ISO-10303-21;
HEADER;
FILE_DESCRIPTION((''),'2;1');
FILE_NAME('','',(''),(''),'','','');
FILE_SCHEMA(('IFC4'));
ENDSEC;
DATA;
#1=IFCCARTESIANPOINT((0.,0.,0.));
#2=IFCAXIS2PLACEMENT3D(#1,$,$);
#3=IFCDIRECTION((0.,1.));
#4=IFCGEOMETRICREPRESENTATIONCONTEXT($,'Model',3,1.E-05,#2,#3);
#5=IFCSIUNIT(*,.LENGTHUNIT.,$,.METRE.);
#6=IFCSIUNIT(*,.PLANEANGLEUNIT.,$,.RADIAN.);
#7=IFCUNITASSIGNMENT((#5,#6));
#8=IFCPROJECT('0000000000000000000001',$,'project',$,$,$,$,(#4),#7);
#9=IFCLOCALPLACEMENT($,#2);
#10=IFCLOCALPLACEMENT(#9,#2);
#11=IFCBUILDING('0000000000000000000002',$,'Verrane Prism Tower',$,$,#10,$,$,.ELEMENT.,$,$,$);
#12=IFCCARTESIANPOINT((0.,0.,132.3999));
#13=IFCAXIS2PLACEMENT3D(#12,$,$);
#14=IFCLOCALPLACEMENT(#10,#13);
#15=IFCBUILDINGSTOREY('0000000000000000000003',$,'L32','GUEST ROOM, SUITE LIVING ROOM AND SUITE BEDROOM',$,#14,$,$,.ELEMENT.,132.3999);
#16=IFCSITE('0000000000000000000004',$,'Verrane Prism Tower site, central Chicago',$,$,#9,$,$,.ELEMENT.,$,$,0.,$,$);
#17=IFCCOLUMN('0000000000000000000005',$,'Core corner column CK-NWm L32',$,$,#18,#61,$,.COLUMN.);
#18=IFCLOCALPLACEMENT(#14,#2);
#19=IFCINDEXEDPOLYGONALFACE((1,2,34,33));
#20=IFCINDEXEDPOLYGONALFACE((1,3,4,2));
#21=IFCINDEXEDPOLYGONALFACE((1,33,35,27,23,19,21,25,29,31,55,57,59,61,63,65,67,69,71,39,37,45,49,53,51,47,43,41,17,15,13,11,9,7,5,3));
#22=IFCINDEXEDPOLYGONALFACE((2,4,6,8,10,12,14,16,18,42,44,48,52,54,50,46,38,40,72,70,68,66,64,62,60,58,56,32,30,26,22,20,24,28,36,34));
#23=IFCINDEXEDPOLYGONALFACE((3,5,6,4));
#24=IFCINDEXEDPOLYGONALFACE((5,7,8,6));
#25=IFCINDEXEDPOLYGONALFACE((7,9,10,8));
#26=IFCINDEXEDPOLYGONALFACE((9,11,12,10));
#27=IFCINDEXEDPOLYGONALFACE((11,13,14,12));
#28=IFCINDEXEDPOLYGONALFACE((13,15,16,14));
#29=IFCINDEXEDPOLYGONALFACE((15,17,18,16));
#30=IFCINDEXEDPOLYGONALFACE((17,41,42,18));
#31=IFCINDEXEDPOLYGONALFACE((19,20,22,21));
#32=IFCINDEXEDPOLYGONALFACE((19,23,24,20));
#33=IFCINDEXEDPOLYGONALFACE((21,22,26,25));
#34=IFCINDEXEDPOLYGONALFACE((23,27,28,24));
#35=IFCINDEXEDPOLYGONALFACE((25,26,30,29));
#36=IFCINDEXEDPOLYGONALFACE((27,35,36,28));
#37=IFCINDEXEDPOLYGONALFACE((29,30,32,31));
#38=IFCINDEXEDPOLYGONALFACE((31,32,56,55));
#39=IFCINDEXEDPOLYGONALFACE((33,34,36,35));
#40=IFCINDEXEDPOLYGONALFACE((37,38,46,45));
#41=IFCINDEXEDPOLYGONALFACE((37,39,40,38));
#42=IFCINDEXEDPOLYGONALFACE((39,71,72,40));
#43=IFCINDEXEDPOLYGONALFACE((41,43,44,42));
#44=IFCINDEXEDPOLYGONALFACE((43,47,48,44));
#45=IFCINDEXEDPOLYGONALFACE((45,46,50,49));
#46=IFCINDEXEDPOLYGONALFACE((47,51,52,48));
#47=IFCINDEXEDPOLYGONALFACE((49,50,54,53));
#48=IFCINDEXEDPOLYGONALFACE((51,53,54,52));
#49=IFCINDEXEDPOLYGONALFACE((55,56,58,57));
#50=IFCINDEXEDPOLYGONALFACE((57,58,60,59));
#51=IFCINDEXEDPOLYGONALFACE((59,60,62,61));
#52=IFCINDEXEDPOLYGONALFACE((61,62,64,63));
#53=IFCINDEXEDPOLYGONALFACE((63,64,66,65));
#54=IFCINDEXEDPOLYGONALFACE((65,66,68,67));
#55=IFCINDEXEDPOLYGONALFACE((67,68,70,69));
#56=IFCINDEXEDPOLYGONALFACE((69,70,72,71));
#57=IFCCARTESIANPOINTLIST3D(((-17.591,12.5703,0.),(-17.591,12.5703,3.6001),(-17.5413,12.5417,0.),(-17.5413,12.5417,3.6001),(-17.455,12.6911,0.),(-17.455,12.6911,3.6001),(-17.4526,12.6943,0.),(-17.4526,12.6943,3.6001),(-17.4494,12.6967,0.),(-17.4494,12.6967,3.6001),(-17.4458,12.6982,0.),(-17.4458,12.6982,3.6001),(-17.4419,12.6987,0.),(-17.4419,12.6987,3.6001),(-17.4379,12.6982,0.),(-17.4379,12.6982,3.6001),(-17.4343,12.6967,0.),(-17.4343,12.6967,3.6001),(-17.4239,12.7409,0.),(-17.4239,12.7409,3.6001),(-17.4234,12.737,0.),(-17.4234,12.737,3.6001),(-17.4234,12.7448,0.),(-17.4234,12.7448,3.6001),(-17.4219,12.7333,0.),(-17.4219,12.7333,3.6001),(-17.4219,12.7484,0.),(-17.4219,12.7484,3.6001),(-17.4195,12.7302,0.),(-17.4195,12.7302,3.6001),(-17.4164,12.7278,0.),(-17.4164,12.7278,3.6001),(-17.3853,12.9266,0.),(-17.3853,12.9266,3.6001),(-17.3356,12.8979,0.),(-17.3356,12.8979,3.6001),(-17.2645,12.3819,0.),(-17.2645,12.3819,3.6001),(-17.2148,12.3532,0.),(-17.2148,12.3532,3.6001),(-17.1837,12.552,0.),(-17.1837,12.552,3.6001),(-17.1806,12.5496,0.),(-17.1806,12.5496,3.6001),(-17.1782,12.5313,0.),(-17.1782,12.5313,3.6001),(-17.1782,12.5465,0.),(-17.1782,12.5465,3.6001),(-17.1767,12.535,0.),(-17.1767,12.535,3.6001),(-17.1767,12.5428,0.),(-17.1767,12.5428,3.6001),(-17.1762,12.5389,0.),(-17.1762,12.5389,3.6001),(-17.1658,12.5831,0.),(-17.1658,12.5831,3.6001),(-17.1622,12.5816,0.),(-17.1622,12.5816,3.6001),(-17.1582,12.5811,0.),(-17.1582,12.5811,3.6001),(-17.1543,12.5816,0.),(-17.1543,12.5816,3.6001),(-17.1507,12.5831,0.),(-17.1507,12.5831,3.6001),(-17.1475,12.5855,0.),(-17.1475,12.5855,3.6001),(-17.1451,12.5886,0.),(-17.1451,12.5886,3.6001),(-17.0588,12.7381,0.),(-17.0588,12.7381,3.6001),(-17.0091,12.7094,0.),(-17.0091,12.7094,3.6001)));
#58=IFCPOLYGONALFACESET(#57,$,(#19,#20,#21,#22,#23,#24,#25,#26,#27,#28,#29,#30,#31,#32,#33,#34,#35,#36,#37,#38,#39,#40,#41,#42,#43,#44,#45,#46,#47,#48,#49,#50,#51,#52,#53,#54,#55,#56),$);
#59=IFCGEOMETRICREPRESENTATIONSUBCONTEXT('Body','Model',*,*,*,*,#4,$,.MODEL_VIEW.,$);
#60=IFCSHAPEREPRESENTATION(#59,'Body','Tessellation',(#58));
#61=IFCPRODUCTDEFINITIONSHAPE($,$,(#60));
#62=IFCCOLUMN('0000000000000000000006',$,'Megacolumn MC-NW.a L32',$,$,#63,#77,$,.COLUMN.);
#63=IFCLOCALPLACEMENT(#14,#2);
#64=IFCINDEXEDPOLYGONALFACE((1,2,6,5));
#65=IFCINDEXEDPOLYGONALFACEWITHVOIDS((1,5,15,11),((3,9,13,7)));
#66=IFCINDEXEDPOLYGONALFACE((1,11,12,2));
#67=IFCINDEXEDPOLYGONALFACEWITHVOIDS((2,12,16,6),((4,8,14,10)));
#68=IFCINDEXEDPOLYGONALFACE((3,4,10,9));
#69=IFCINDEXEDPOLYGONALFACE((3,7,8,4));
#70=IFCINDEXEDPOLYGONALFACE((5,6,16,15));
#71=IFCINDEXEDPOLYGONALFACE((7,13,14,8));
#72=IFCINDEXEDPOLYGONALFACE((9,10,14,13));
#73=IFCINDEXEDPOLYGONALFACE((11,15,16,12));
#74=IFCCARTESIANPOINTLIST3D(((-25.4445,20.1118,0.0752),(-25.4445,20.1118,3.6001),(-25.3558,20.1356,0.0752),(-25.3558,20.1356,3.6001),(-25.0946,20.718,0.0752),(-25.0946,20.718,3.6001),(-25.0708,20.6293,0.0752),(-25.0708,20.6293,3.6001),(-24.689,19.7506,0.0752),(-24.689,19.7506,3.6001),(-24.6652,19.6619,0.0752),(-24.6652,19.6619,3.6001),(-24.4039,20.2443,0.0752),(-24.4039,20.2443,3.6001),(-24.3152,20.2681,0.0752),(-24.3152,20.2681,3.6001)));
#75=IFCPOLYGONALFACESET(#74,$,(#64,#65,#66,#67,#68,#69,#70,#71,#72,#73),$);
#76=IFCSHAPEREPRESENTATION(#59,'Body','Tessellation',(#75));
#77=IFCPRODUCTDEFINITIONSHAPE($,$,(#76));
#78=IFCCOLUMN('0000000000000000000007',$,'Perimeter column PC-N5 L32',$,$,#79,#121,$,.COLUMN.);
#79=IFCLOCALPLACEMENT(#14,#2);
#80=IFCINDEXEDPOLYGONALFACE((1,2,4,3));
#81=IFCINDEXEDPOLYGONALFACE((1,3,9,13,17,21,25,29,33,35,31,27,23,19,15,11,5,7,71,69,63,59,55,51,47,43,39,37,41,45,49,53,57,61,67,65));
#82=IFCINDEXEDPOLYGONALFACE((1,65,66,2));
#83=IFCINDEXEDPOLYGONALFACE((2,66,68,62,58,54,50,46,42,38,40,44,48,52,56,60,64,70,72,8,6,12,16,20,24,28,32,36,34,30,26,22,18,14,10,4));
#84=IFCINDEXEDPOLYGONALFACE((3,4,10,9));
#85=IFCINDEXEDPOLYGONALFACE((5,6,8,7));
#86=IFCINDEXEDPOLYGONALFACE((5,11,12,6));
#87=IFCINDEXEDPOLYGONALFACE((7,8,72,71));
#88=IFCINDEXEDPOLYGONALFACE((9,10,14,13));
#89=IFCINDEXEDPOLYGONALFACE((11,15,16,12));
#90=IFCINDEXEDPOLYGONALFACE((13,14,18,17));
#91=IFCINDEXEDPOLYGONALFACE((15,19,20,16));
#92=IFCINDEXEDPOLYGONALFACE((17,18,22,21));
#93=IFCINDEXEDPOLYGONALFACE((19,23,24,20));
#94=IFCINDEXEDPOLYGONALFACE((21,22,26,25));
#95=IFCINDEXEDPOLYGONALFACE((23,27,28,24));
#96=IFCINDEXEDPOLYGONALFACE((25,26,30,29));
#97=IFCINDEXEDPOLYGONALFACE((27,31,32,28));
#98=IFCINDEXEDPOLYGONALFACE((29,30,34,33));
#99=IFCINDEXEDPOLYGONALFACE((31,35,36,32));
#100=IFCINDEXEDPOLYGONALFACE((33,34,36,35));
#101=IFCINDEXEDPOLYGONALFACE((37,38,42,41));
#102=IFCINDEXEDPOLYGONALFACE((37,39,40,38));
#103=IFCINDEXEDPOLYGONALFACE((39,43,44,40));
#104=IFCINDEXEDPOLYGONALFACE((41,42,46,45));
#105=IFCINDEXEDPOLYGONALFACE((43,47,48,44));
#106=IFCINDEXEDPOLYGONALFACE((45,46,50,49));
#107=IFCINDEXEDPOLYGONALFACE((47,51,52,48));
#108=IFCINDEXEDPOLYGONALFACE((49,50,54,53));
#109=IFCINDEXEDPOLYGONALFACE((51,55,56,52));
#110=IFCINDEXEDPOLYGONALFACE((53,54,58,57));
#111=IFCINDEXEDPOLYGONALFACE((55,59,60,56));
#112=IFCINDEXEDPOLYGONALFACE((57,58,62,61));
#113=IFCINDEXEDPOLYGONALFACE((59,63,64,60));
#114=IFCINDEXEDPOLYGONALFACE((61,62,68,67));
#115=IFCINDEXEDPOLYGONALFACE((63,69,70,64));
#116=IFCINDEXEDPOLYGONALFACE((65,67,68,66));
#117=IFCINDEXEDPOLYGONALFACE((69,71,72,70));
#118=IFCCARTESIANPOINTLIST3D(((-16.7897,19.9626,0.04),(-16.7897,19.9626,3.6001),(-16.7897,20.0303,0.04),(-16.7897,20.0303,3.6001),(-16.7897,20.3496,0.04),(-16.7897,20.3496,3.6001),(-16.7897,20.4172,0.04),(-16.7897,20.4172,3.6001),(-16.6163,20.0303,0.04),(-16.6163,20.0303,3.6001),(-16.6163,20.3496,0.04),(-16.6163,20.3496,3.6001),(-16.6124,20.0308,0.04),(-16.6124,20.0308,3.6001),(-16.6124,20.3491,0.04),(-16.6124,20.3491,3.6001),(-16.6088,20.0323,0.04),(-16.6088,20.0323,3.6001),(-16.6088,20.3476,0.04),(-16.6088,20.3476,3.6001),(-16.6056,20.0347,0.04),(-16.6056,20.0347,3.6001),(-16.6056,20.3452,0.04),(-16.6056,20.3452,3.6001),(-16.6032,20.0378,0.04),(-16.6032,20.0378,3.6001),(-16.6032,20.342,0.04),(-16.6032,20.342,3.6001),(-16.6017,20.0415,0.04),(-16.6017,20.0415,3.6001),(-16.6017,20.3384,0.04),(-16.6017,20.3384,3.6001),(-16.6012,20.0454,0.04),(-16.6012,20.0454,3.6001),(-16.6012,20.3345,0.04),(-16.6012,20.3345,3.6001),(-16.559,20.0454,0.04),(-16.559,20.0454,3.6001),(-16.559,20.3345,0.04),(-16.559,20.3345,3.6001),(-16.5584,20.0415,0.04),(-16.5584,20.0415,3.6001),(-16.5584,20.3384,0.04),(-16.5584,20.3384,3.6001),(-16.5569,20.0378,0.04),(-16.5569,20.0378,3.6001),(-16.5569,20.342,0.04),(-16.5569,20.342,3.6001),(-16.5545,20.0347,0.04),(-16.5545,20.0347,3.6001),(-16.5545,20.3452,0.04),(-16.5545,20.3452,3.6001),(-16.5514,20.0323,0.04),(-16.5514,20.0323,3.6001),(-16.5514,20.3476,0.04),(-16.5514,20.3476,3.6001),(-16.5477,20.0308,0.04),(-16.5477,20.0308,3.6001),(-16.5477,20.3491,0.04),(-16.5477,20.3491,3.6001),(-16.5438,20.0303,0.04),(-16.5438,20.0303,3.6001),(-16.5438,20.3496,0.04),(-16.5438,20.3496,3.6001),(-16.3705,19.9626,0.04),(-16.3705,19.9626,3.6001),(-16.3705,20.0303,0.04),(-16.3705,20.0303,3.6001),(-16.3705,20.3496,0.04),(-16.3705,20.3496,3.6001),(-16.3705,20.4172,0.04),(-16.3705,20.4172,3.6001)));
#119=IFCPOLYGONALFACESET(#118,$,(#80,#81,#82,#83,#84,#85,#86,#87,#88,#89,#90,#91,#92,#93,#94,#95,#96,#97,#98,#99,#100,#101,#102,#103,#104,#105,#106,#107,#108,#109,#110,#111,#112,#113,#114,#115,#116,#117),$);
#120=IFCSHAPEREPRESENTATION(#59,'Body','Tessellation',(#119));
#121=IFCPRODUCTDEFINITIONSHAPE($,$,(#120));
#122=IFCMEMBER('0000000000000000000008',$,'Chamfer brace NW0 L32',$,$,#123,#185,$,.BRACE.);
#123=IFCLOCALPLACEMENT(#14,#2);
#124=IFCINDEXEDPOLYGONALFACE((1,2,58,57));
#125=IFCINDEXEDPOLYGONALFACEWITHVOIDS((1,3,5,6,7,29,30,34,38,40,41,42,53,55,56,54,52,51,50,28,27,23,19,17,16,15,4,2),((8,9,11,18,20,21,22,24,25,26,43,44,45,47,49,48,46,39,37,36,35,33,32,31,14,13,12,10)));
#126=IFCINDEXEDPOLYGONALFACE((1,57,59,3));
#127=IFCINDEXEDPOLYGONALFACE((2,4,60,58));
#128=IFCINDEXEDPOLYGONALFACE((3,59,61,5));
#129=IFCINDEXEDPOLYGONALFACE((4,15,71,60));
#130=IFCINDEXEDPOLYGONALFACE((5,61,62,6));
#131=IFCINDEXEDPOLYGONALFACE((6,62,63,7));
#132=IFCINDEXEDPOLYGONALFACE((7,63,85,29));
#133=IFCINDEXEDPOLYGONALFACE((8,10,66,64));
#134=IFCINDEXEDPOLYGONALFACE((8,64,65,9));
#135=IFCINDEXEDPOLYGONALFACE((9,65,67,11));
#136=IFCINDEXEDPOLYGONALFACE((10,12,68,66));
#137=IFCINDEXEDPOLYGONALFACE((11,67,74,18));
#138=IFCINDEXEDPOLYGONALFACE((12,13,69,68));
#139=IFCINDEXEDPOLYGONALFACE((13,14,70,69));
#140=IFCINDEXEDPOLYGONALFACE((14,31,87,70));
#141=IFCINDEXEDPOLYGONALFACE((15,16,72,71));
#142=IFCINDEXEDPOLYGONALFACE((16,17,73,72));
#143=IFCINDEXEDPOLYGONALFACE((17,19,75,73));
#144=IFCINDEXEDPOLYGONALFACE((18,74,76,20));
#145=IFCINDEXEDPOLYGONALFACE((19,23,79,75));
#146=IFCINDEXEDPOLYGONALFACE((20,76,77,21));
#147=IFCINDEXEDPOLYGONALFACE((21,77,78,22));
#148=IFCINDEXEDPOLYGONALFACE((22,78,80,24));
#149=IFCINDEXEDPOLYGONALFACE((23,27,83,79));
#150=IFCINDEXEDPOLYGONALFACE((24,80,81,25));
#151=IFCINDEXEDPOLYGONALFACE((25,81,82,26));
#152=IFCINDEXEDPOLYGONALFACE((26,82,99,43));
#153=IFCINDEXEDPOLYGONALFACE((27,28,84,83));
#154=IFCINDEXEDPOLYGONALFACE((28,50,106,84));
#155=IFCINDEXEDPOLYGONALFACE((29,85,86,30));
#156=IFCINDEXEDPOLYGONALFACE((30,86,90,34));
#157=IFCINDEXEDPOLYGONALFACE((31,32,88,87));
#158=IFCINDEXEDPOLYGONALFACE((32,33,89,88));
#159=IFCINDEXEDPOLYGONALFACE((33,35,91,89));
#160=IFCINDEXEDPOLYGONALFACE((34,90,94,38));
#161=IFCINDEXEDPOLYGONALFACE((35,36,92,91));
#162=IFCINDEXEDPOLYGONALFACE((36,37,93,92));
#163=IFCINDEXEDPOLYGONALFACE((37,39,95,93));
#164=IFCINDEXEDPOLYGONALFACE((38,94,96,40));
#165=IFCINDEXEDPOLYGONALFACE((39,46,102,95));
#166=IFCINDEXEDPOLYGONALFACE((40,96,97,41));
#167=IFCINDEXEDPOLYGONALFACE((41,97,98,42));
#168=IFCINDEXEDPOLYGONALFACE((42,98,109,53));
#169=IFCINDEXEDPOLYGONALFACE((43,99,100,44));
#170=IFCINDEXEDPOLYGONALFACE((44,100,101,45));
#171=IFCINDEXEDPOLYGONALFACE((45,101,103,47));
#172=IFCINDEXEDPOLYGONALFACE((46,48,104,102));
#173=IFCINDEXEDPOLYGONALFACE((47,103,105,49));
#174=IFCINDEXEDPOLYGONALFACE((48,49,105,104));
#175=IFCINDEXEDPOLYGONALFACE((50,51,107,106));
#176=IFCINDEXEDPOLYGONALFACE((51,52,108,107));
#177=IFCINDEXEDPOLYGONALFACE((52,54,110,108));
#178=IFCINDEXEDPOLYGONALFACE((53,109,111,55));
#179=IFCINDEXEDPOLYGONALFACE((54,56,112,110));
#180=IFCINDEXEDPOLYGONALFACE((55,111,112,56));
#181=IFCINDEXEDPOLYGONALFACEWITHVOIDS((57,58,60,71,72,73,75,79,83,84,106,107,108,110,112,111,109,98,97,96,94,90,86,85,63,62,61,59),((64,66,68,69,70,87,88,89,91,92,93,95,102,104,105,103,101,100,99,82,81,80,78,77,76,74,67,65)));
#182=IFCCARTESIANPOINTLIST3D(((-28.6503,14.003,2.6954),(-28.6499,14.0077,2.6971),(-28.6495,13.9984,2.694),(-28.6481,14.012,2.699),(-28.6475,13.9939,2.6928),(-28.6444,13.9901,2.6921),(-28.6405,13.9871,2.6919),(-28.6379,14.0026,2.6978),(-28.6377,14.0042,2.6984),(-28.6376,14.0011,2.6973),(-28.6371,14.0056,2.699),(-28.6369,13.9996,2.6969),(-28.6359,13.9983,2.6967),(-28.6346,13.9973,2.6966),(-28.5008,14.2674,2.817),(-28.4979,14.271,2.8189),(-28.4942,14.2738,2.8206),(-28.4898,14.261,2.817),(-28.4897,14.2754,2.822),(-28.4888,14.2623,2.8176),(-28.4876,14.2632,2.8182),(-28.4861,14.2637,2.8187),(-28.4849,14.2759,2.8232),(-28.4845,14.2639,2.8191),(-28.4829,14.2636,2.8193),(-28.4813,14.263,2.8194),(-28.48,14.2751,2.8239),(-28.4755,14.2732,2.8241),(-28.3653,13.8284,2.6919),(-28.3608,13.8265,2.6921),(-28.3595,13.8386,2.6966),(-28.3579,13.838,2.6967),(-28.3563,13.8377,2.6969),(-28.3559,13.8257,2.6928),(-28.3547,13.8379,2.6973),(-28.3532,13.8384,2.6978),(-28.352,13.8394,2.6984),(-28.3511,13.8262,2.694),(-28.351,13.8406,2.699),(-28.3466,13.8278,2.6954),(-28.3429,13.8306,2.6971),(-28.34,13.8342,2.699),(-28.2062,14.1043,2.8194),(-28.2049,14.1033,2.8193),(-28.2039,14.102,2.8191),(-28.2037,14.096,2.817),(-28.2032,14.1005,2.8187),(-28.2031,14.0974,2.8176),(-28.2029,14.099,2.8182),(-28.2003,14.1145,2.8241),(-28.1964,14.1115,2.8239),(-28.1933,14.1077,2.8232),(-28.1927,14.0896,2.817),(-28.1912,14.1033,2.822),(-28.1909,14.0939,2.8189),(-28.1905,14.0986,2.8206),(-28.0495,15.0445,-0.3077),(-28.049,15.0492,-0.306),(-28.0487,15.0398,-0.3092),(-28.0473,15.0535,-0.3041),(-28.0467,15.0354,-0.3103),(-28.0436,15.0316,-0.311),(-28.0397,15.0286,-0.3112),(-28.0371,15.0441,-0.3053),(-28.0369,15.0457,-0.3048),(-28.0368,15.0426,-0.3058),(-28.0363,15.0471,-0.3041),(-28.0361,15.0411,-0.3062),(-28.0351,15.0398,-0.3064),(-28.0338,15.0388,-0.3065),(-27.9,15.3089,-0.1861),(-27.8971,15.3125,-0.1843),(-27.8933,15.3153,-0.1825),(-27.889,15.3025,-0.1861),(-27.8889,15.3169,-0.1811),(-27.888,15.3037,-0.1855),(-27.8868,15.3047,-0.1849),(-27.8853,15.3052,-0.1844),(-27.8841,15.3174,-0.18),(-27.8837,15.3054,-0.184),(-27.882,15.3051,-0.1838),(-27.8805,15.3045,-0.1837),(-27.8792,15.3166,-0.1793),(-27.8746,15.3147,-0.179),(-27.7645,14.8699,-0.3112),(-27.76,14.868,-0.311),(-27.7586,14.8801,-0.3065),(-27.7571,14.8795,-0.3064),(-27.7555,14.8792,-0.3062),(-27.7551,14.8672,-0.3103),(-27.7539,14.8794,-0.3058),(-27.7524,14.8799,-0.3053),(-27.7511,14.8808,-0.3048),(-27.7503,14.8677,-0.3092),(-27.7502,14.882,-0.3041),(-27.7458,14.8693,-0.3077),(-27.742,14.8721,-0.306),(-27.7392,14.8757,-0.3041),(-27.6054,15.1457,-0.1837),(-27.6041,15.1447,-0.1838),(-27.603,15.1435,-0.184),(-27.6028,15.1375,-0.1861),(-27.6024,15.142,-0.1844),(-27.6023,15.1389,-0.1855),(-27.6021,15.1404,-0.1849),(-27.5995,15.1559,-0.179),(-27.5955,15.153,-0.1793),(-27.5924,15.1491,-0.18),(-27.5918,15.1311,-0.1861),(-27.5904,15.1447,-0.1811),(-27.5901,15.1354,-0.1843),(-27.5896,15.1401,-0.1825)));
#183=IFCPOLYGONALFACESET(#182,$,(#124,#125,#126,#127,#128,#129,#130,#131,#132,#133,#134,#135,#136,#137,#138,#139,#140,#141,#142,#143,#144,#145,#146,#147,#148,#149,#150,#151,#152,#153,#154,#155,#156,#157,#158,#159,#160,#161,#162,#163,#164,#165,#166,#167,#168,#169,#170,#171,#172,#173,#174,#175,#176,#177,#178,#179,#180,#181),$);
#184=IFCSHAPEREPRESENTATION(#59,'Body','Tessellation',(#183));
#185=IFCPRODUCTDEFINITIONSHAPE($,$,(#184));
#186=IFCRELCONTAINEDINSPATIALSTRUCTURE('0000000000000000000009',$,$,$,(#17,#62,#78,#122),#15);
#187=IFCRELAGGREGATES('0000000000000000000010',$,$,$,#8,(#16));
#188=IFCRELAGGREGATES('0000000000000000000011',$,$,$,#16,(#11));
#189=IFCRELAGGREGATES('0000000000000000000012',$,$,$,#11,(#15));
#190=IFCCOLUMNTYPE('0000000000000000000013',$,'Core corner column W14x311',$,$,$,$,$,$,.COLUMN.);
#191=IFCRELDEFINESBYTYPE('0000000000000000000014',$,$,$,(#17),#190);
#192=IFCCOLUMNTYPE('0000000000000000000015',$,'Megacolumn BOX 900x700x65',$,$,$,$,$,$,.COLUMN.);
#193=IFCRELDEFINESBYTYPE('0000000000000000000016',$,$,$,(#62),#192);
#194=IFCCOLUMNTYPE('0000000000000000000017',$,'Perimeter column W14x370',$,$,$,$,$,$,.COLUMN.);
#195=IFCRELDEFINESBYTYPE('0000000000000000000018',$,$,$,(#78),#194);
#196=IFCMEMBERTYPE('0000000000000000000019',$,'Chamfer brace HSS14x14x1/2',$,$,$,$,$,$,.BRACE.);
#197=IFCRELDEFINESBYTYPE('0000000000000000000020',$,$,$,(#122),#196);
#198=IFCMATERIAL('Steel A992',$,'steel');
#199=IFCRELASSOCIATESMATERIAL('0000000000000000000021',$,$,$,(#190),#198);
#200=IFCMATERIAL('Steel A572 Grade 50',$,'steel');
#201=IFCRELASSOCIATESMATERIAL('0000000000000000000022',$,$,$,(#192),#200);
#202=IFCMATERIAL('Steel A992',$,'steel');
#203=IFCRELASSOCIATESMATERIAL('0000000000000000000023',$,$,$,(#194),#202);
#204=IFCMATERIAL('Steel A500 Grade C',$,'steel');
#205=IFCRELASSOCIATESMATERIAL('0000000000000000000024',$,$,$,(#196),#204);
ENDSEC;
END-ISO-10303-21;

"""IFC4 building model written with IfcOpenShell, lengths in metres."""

from ifc_helpers import new_model, si_unit, direction, frame, origin, origin_2d, place, context, subcontext, project, spatial, hollow_rectangle, i_section, extrude, material, material_profile, profile_set, type_object, element, save


model = new_model("IFC4")

# Units and contexts
model_context = context("Model", 3, precision=1e-05, world=origin(), true_north=direction((0.0, 1.0)))
body_context = subcontext(model_context, "Body", "Model", "MODEL_VIEW")
ifc_project = project(units=[si_unit("LENGTHUNIT", "METRE"), si_unit("PLANEANGLEUNIT", "RADIAN")], contexts=[model_context])

# Site, building, storey
site_placement = place(None, origin())
site = spatial("IfcSite", under=ifc_project, at=site_placement, Name="Verrane Prism Tower site, central Chicago", CompositionType="ELEMENT", RefElevation=0.0)
building_placement = place(site_placement, origin())
building = spatial("IfcBuilding", under=site, at=building_placement, Name="Verrane Prism Tower", CompositionType="ELEMENT")
storey_placement = place(building_placement, frame((0.0, 0.0, 132.3999)))
storey = spatial("IfcBuildingStorey", under=building, at=storey_placement, Name="L32", Description="GUEST ROOM, SUITE LIVING ROOM AND SUITE BEDROOM", CompositionType="ELEMENT", Elevation=132.3999)

# Columns
ifc_material_1 = material(Name="Steel A992", Category="steel")
ifc_material_profile_1 = material_profile(ifc_material_1, i_section(OverallWidth=0.4114, OverallDepth=0.4343, WebThickness=0.0359, FlangeThickness=0.0574, FilletRadius=0.0151, at=origin_2d()), Name="W14x311")
ifc_profile_set_1 = profile_set([ifc_material_profile_1], Name="Steel A992")
column_type_1 = type_object("IfcColumnType", Name="Core corner column W14x311", PredefinedType="COLUMN", material=ifc_profile_set_1)
column_1_placement = place(storey_placement, frame((-17.3, 12.6399, 0.0), z_axis=(0.0, 0.0, 1.0), x_axis=(0.5, 0.866025, 0.0)))
element("IfcColumn", 1, at=column_1_placement, inside=storey, type_object=column_type_1, Name="Core corner column CK-NWm L32", PredefinedType="COLUMN", context=body_context, shape_type="SweptSolid", body=[
    extrude(i_section(OverallWidth=0.4114, OverallDepth=0.4343, WebThickness=0.0359, FlangeThickness=0.0574, FilletRadius=0.0151, at=origin_2d()), origin(), (0.0, 0.0, 1.0), 3.6001),
])
ifc_material_2 = material(Name="Steel A572 Grade 50", Category="steel")
ifc_material_profile_2 = material_profile(ifc_material_2, hollow_rectangle(XDim=0.7, YDim=0.8999, WallThickness=0.0649, at=origin_2d()), Name="BOX 900x700x65")
ifc_profile_set_2 = profile_set([ifc_material_profile_2], Name="Steel A572 Grade 50")
column_type_2 = type_object("IfcColumnType", Name="Megacolumn BOX 900x700x65", PredefinedType="COLUMN", material=ifc_profile_set_2)
column_2_placement = place(storey_placement, frame((-24.8799, 20.1899, 0.0752), z_axis=(0.0, 0.0, 1.0), x_axis=(0.5, 0.866025, 0.0)))
element("IfcColumn", 2, at=column_2_placement, inside=storey, type_object=column_type_2, Name="Megacolumn MC-NW.a L32", PredefinedType="COLUMN", context=body_context, shape_type="SweptSolid", body=[
    extrude(hollow_rectangle(XDim=0.7, YDim=0.8999, WallThickness=0.0649, at=origin_2d()), origin(), (0.0, 0.0, 1.0), 3.5249),
])
ifc_material_3 = material(Name="Steel A992", Category="steel")
ifc_material_profile_3 = material_profile(ifc_material_3, i_section(OverallWidth=0.4192, OverallDepth=0.4546, WebThickness=0.0422, FlangeThickness=0.0676, FilletRadius=0.0151, at=origin_2d()), Name="W14x370")
ifc_profile_set_3 = profile_set([ifc_material_profile_3], Name="Steel A992")
column_type_3 = type_object("IfcColumnType", Name="Perimeter column W14x370", PredefinedType="COLUMN", material=ifc_profile_set_3)
column_3_placement = place(storey_placement, frame((-16.5801, 20.1899, 0.04), z_axis=(0.0, 0.0, 1.0), x_axis=(1.0, 0.0, 0.0)))
element("IfcColumn", 3, at=column_3_placement, inside=storey, type_object=column_type_3, Name="Perimeter column PC-N5 L32", PredefinedType="COLUMN", context=body_context, shape_type="SweptSolid", body=[
    extrude(i_section(OverallWidth=0.4192, OverallDepth=0.4546, WebThickness=0.0422, FlangeThickness=0.0676, FilletRadius=0.0151, at=origin_2d()), origin(), (0.0, 0.0, 1.0), 3.5601),
])

# Member
ifc_material_4 = material(Name="Steel A500 Grade C", Category="steel")
ifc_material_profile_4 = material_profile(ifc_material_4, hollow_rectangle(XDim=0.3557, YDim=0.3557, WallThickness=0.0127, InnerFilletRadius=0.0063, OuterFilletRadius=0.019, at=origin_2d()), Name="HSS14x14x1/2")
ifc_profile_set_4 = profile_set([ifc_material_profile_4], Name="Steel A500 Grade C")
member_type_1 = type_object("IfcMemberType", Name="Chamfer brace HSS14x14x1/2", PredefinedType="BRACE", material=ifc_profile_set_4)
member_1_placement = place(storey_placement, frame((-27.8196, 15.0923, -0.2451), z_axis=(-0.185732, -0.321955, 0.928358), x_axis=(0.866199, -0.499699, 0.0)))
element("IfcMember", 4, at=member_1_placement, inside=storey, type_object=member_type_1, Name="Chamfer brace NW0 L32", PredefinedType="BRACE", context=body_context, shape_type="SweptSolid", body=[
    extrude(hollow_rectangle(XDim=0.3557, YDim=0.3557, WallThickness=0.0127, InnerFilletRadius=0.0063, OuterFilletRadius=0.019, at=origin_2d()), origin(), (0.0, 0.0, 1.0), 3.2349),
])

save(model, "model.ifc")
